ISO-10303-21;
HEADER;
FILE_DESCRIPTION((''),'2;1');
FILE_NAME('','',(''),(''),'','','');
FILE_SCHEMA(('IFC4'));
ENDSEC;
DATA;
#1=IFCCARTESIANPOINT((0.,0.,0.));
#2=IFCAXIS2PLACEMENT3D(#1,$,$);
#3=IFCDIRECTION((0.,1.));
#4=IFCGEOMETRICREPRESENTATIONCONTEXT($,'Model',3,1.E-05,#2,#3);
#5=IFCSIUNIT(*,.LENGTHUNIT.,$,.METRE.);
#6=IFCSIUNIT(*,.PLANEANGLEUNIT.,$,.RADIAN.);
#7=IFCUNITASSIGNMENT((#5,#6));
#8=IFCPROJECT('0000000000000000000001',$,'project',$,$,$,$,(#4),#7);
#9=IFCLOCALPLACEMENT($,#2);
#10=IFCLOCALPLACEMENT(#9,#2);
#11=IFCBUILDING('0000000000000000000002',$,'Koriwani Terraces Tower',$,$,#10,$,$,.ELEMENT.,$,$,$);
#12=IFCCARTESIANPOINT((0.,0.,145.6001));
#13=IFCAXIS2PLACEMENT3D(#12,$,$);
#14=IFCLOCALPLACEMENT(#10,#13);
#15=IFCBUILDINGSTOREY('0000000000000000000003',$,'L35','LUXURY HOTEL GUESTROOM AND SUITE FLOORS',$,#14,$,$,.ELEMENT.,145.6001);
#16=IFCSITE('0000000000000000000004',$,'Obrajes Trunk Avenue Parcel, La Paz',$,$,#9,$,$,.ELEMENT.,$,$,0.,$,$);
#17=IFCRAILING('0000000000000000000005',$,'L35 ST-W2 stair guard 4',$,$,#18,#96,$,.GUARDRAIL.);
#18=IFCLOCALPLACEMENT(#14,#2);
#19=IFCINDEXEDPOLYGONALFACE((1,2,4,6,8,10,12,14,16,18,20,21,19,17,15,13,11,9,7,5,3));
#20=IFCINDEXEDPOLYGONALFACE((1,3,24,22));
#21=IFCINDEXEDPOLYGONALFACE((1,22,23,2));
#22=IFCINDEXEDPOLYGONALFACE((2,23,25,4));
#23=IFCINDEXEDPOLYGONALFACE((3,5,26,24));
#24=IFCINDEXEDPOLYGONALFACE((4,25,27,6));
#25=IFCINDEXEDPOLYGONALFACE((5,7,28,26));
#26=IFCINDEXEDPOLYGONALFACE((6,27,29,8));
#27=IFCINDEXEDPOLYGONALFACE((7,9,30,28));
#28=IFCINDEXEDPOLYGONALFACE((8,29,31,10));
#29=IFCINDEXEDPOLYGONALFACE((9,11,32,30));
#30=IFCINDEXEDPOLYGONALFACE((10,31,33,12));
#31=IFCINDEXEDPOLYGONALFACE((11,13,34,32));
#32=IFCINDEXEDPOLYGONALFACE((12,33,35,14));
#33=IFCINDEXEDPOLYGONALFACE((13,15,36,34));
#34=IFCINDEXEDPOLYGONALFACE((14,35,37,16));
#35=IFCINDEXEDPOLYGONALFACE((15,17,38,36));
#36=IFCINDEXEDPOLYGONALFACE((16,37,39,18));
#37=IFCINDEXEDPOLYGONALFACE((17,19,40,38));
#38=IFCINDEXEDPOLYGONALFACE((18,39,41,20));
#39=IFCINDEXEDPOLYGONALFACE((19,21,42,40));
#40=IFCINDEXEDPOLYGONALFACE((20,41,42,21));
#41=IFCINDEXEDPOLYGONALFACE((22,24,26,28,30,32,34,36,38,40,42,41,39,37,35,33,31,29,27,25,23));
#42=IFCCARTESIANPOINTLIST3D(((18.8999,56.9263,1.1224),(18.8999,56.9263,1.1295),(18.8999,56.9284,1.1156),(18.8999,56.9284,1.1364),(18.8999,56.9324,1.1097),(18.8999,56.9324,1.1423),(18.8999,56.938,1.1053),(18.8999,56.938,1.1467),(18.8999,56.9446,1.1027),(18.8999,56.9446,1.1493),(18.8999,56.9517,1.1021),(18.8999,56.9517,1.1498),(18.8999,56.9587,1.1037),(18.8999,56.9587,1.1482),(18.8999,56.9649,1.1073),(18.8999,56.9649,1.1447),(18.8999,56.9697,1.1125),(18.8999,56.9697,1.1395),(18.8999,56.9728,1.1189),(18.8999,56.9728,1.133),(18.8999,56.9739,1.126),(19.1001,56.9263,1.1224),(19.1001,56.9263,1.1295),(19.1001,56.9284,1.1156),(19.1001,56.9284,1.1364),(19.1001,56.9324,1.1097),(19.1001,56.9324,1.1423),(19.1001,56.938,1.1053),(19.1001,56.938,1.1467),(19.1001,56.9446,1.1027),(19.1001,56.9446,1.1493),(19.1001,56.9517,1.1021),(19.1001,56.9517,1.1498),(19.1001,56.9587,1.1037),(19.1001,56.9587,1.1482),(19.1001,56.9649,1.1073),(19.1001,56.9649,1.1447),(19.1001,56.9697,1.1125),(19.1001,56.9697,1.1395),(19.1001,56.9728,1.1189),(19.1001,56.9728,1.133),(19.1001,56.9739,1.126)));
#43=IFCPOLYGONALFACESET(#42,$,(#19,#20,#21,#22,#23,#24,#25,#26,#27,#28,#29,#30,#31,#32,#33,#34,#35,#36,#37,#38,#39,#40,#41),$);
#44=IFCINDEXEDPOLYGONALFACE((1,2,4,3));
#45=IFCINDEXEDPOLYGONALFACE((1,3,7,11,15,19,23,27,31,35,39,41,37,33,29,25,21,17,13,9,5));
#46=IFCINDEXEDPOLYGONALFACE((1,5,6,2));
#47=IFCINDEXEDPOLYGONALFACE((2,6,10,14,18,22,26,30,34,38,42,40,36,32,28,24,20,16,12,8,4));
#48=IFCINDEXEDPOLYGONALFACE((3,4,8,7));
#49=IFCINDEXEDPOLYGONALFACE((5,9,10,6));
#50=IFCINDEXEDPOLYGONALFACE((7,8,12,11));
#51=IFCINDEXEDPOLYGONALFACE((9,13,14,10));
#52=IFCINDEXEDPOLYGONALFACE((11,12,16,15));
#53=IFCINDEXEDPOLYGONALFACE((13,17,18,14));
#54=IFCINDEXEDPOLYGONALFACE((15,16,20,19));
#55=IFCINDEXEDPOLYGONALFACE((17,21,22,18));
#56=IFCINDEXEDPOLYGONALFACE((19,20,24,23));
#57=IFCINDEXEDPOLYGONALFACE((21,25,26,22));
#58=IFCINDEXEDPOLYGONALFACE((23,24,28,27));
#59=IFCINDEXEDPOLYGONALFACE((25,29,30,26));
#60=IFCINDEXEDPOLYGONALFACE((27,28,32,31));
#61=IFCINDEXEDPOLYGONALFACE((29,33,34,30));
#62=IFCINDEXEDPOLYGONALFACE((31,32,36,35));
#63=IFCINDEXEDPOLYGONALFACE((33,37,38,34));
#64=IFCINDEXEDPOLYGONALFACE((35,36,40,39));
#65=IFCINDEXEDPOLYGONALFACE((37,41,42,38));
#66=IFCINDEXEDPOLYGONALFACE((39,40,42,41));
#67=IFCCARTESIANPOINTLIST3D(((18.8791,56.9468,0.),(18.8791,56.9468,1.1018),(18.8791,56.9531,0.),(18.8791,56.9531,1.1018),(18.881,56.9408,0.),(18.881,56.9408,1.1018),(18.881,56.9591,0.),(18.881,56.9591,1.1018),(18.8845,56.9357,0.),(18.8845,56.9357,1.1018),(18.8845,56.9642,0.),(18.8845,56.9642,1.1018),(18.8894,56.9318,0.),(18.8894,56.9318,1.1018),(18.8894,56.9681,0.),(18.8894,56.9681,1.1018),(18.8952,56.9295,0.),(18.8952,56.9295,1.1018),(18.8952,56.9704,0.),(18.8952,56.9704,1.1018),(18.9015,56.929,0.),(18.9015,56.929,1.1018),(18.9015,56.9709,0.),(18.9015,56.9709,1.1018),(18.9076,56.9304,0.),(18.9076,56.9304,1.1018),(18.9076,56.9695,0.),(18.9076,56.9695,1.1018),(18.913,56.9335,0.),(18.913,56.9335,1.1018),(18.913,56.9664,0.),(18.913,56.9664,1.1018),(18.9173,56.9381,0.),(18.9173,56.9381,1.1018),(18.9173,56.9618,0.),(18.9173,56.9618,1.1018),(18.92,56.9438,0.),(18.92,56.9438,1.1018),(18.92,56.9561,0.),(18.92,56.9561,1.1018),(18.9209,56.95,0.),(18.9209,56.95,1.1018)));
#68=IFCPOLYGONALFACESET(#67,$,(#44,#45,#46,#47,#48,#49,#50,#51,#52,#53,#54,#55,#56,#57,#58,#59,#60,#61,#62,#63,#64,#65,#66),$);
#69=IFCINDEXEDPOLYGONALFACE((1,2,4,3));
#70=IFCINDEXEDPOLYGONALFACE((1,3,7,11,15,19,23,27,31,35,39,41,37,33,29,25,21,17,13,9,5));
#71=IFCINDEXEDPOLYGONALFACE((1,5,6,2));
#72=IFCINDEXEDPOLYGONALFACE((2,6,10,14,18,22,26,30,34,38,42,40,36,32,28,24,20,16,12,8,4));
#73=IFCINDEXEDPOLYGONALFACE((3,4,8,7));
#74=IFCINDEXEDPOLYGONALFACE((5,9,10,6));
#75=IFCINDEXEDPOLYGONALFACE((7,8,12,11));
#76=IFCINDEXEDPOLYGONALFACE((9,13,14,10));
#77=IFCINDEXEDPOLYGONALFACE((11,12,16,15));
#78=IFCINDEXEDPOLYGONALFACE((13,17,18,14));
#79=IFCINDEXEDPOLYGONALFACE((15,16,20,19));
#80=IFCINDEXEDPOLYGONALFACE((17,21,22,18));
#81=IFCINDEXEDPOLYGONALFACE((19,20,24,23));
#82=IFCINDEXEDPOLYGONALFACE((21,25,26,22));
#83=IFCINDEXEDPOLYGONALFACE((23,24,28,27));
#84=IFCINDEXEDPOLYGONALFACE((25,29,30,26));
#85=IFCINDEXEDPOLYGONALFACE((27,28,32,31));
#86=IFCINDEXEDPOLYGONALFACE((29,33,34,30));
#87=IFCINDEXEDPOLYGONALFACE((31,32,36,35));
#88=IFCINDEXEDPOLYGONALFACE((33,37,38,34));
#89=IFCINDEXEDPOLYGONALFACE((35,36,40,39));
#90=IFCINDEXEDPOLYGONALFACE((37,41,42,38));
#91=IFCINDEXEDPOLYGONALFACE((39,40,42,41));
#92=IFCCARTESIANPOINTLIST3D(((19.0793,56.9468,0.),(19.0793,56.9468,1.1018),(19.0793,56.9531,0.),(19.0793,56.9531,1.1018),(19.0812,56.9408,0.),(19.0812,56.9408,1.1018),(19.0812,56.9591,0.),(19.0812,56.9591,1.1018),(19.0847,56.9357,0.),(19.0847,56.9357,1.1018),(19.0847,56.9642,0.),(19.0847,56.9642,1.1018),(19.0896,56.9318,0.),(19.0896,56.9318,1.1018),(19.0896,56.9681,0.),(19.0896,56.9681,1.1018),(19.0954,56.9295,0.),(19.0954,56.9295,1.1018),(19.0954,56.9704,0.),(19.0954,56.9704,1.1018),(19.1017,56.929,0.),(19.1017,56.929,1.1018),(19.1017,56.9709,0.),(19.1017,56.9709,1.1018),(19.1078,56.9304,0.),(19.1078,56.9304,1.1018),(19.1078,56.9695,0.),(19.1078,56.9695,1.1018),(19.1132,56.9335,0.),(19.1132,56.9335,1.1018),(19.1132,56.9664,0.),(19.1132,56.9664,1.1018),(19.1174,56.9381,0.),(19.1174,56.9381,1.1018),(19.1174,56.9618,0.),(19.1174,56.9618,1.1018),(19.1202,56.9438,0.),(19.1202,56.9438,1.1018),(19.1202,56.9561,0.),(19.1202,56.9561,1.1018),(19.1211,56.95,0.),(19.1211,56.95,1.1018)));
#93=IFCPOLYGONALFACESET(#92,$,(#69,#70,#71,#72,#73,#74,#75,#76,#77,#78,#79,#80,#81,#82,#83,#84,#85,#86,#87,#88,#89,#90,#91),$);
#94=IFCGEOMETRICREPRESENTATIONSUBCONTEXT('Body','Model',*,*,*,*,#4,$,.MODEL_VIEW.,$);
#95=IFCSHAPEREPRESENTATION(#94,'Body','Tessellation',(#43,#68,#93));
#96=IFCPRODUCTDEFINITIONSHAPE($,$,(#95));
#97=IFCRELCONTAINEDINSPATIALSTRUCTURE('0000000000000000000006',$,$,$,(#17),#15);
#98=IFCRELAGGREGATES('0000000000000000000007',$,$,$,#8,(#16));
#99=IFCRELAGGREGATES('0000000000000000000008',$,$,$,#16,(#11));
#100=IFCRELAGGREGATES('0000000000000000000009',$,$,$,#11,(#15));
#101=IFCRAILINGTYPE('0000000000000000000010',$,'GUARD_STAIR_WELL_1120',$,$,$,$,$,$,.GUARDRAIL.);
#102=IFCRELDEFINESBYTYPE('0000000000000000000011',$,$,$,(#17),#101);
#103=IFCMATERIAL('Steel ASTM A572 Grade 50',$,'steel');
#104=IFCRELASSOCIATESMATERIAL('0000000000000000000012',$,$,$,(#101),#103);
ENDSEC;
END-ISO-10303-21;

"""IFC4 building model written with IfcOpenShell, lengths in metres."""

from ifc_helpers import new_model, si_unit, direction, frame, origin, origin_2d, place, context, subcontext, project, spatial, circle, extrude, material, type_object, element, save


model = new_model("IFC4")

# Units and contexts
model_context = context("Model", 3, precision=1e-05, world=origin(), true_north=direction((0.0, 1.0)))
body_context = subcontext(model_context, "Body", "Model", "MODEL_VIEW")
ifc_project = project(units=[si_unit("LENGTHUNIT", "METRE"), si_unit("PLANEANGLEUNIT", "RADIAN")], contexts=[model_context])

# Site, building, storey
site_placement = place(None, origin())
site = spatial("IfcSite", under=ifc_project, at=site_placement, Name="Obrajes Trunk Avenue Parcel, La Paz", CompositionType="ELEMENT", RefElevation=0.0)
building_placement = place(site_placement, origin())
building = spatial("IfcBuilding", under=site, at=building_placement, Name="Koriwani Terraces Tower", CompositionType="ELEMENT")
storey_placement = place(building_placement, frame((0.0, 0.0, 145.6001)))
storey = spatial("IfcBuildingStorey", under=building, at=storey_placement, Name="L35", Description="LUXURY HOTEL GUESTROOM AND SUITE FLOORS", CompositionType="ELEMENT", Elevation=145.6001)

# Shared definitions
ifc_material_1 = material(Name="Steel ASTM A572 Grade 50", Category="steel")

# Railing
railing_type_1 = type_object("IfcRailingType", Name="GUARD_STAIR_WELL_1120", PredefinedType="GUARDRAIL", material=ifc_material_1)
railing_1_placement = place(storey_placement, frame((18.8999, 56.95, 0.0)))
element("IfcRailing", 1, at=railing_1_placement, inside=storey, type_object=railing_type_1, Name="L35 ST-W2 stair guard 4", PredefinedType="GUARDRAIL", context=body_context, shape_type="SweptSolid", body=[
    extrude(circle(Radius=0.0239, at=origin_2d()), frame((0.0, 0.0, 1.126), z_axis=(1.0, 0.0, 0.0), x_axis=(0.0, 1.0, 0.0)), (0.0, 0.0, 1.0), 0.2002),
    extrude(circle(Radius=0.021, at=origin_2d()), origin(), (0.0, 0.0, 1.0), 1.1018),
    extrude(circle(Radius=0.021, at=origin_2d()), frame((0.2002, 0.0, 0.0)), (0.0, 0.0, 1.0), 1.1018),
])

save(model, "model.ifc")
